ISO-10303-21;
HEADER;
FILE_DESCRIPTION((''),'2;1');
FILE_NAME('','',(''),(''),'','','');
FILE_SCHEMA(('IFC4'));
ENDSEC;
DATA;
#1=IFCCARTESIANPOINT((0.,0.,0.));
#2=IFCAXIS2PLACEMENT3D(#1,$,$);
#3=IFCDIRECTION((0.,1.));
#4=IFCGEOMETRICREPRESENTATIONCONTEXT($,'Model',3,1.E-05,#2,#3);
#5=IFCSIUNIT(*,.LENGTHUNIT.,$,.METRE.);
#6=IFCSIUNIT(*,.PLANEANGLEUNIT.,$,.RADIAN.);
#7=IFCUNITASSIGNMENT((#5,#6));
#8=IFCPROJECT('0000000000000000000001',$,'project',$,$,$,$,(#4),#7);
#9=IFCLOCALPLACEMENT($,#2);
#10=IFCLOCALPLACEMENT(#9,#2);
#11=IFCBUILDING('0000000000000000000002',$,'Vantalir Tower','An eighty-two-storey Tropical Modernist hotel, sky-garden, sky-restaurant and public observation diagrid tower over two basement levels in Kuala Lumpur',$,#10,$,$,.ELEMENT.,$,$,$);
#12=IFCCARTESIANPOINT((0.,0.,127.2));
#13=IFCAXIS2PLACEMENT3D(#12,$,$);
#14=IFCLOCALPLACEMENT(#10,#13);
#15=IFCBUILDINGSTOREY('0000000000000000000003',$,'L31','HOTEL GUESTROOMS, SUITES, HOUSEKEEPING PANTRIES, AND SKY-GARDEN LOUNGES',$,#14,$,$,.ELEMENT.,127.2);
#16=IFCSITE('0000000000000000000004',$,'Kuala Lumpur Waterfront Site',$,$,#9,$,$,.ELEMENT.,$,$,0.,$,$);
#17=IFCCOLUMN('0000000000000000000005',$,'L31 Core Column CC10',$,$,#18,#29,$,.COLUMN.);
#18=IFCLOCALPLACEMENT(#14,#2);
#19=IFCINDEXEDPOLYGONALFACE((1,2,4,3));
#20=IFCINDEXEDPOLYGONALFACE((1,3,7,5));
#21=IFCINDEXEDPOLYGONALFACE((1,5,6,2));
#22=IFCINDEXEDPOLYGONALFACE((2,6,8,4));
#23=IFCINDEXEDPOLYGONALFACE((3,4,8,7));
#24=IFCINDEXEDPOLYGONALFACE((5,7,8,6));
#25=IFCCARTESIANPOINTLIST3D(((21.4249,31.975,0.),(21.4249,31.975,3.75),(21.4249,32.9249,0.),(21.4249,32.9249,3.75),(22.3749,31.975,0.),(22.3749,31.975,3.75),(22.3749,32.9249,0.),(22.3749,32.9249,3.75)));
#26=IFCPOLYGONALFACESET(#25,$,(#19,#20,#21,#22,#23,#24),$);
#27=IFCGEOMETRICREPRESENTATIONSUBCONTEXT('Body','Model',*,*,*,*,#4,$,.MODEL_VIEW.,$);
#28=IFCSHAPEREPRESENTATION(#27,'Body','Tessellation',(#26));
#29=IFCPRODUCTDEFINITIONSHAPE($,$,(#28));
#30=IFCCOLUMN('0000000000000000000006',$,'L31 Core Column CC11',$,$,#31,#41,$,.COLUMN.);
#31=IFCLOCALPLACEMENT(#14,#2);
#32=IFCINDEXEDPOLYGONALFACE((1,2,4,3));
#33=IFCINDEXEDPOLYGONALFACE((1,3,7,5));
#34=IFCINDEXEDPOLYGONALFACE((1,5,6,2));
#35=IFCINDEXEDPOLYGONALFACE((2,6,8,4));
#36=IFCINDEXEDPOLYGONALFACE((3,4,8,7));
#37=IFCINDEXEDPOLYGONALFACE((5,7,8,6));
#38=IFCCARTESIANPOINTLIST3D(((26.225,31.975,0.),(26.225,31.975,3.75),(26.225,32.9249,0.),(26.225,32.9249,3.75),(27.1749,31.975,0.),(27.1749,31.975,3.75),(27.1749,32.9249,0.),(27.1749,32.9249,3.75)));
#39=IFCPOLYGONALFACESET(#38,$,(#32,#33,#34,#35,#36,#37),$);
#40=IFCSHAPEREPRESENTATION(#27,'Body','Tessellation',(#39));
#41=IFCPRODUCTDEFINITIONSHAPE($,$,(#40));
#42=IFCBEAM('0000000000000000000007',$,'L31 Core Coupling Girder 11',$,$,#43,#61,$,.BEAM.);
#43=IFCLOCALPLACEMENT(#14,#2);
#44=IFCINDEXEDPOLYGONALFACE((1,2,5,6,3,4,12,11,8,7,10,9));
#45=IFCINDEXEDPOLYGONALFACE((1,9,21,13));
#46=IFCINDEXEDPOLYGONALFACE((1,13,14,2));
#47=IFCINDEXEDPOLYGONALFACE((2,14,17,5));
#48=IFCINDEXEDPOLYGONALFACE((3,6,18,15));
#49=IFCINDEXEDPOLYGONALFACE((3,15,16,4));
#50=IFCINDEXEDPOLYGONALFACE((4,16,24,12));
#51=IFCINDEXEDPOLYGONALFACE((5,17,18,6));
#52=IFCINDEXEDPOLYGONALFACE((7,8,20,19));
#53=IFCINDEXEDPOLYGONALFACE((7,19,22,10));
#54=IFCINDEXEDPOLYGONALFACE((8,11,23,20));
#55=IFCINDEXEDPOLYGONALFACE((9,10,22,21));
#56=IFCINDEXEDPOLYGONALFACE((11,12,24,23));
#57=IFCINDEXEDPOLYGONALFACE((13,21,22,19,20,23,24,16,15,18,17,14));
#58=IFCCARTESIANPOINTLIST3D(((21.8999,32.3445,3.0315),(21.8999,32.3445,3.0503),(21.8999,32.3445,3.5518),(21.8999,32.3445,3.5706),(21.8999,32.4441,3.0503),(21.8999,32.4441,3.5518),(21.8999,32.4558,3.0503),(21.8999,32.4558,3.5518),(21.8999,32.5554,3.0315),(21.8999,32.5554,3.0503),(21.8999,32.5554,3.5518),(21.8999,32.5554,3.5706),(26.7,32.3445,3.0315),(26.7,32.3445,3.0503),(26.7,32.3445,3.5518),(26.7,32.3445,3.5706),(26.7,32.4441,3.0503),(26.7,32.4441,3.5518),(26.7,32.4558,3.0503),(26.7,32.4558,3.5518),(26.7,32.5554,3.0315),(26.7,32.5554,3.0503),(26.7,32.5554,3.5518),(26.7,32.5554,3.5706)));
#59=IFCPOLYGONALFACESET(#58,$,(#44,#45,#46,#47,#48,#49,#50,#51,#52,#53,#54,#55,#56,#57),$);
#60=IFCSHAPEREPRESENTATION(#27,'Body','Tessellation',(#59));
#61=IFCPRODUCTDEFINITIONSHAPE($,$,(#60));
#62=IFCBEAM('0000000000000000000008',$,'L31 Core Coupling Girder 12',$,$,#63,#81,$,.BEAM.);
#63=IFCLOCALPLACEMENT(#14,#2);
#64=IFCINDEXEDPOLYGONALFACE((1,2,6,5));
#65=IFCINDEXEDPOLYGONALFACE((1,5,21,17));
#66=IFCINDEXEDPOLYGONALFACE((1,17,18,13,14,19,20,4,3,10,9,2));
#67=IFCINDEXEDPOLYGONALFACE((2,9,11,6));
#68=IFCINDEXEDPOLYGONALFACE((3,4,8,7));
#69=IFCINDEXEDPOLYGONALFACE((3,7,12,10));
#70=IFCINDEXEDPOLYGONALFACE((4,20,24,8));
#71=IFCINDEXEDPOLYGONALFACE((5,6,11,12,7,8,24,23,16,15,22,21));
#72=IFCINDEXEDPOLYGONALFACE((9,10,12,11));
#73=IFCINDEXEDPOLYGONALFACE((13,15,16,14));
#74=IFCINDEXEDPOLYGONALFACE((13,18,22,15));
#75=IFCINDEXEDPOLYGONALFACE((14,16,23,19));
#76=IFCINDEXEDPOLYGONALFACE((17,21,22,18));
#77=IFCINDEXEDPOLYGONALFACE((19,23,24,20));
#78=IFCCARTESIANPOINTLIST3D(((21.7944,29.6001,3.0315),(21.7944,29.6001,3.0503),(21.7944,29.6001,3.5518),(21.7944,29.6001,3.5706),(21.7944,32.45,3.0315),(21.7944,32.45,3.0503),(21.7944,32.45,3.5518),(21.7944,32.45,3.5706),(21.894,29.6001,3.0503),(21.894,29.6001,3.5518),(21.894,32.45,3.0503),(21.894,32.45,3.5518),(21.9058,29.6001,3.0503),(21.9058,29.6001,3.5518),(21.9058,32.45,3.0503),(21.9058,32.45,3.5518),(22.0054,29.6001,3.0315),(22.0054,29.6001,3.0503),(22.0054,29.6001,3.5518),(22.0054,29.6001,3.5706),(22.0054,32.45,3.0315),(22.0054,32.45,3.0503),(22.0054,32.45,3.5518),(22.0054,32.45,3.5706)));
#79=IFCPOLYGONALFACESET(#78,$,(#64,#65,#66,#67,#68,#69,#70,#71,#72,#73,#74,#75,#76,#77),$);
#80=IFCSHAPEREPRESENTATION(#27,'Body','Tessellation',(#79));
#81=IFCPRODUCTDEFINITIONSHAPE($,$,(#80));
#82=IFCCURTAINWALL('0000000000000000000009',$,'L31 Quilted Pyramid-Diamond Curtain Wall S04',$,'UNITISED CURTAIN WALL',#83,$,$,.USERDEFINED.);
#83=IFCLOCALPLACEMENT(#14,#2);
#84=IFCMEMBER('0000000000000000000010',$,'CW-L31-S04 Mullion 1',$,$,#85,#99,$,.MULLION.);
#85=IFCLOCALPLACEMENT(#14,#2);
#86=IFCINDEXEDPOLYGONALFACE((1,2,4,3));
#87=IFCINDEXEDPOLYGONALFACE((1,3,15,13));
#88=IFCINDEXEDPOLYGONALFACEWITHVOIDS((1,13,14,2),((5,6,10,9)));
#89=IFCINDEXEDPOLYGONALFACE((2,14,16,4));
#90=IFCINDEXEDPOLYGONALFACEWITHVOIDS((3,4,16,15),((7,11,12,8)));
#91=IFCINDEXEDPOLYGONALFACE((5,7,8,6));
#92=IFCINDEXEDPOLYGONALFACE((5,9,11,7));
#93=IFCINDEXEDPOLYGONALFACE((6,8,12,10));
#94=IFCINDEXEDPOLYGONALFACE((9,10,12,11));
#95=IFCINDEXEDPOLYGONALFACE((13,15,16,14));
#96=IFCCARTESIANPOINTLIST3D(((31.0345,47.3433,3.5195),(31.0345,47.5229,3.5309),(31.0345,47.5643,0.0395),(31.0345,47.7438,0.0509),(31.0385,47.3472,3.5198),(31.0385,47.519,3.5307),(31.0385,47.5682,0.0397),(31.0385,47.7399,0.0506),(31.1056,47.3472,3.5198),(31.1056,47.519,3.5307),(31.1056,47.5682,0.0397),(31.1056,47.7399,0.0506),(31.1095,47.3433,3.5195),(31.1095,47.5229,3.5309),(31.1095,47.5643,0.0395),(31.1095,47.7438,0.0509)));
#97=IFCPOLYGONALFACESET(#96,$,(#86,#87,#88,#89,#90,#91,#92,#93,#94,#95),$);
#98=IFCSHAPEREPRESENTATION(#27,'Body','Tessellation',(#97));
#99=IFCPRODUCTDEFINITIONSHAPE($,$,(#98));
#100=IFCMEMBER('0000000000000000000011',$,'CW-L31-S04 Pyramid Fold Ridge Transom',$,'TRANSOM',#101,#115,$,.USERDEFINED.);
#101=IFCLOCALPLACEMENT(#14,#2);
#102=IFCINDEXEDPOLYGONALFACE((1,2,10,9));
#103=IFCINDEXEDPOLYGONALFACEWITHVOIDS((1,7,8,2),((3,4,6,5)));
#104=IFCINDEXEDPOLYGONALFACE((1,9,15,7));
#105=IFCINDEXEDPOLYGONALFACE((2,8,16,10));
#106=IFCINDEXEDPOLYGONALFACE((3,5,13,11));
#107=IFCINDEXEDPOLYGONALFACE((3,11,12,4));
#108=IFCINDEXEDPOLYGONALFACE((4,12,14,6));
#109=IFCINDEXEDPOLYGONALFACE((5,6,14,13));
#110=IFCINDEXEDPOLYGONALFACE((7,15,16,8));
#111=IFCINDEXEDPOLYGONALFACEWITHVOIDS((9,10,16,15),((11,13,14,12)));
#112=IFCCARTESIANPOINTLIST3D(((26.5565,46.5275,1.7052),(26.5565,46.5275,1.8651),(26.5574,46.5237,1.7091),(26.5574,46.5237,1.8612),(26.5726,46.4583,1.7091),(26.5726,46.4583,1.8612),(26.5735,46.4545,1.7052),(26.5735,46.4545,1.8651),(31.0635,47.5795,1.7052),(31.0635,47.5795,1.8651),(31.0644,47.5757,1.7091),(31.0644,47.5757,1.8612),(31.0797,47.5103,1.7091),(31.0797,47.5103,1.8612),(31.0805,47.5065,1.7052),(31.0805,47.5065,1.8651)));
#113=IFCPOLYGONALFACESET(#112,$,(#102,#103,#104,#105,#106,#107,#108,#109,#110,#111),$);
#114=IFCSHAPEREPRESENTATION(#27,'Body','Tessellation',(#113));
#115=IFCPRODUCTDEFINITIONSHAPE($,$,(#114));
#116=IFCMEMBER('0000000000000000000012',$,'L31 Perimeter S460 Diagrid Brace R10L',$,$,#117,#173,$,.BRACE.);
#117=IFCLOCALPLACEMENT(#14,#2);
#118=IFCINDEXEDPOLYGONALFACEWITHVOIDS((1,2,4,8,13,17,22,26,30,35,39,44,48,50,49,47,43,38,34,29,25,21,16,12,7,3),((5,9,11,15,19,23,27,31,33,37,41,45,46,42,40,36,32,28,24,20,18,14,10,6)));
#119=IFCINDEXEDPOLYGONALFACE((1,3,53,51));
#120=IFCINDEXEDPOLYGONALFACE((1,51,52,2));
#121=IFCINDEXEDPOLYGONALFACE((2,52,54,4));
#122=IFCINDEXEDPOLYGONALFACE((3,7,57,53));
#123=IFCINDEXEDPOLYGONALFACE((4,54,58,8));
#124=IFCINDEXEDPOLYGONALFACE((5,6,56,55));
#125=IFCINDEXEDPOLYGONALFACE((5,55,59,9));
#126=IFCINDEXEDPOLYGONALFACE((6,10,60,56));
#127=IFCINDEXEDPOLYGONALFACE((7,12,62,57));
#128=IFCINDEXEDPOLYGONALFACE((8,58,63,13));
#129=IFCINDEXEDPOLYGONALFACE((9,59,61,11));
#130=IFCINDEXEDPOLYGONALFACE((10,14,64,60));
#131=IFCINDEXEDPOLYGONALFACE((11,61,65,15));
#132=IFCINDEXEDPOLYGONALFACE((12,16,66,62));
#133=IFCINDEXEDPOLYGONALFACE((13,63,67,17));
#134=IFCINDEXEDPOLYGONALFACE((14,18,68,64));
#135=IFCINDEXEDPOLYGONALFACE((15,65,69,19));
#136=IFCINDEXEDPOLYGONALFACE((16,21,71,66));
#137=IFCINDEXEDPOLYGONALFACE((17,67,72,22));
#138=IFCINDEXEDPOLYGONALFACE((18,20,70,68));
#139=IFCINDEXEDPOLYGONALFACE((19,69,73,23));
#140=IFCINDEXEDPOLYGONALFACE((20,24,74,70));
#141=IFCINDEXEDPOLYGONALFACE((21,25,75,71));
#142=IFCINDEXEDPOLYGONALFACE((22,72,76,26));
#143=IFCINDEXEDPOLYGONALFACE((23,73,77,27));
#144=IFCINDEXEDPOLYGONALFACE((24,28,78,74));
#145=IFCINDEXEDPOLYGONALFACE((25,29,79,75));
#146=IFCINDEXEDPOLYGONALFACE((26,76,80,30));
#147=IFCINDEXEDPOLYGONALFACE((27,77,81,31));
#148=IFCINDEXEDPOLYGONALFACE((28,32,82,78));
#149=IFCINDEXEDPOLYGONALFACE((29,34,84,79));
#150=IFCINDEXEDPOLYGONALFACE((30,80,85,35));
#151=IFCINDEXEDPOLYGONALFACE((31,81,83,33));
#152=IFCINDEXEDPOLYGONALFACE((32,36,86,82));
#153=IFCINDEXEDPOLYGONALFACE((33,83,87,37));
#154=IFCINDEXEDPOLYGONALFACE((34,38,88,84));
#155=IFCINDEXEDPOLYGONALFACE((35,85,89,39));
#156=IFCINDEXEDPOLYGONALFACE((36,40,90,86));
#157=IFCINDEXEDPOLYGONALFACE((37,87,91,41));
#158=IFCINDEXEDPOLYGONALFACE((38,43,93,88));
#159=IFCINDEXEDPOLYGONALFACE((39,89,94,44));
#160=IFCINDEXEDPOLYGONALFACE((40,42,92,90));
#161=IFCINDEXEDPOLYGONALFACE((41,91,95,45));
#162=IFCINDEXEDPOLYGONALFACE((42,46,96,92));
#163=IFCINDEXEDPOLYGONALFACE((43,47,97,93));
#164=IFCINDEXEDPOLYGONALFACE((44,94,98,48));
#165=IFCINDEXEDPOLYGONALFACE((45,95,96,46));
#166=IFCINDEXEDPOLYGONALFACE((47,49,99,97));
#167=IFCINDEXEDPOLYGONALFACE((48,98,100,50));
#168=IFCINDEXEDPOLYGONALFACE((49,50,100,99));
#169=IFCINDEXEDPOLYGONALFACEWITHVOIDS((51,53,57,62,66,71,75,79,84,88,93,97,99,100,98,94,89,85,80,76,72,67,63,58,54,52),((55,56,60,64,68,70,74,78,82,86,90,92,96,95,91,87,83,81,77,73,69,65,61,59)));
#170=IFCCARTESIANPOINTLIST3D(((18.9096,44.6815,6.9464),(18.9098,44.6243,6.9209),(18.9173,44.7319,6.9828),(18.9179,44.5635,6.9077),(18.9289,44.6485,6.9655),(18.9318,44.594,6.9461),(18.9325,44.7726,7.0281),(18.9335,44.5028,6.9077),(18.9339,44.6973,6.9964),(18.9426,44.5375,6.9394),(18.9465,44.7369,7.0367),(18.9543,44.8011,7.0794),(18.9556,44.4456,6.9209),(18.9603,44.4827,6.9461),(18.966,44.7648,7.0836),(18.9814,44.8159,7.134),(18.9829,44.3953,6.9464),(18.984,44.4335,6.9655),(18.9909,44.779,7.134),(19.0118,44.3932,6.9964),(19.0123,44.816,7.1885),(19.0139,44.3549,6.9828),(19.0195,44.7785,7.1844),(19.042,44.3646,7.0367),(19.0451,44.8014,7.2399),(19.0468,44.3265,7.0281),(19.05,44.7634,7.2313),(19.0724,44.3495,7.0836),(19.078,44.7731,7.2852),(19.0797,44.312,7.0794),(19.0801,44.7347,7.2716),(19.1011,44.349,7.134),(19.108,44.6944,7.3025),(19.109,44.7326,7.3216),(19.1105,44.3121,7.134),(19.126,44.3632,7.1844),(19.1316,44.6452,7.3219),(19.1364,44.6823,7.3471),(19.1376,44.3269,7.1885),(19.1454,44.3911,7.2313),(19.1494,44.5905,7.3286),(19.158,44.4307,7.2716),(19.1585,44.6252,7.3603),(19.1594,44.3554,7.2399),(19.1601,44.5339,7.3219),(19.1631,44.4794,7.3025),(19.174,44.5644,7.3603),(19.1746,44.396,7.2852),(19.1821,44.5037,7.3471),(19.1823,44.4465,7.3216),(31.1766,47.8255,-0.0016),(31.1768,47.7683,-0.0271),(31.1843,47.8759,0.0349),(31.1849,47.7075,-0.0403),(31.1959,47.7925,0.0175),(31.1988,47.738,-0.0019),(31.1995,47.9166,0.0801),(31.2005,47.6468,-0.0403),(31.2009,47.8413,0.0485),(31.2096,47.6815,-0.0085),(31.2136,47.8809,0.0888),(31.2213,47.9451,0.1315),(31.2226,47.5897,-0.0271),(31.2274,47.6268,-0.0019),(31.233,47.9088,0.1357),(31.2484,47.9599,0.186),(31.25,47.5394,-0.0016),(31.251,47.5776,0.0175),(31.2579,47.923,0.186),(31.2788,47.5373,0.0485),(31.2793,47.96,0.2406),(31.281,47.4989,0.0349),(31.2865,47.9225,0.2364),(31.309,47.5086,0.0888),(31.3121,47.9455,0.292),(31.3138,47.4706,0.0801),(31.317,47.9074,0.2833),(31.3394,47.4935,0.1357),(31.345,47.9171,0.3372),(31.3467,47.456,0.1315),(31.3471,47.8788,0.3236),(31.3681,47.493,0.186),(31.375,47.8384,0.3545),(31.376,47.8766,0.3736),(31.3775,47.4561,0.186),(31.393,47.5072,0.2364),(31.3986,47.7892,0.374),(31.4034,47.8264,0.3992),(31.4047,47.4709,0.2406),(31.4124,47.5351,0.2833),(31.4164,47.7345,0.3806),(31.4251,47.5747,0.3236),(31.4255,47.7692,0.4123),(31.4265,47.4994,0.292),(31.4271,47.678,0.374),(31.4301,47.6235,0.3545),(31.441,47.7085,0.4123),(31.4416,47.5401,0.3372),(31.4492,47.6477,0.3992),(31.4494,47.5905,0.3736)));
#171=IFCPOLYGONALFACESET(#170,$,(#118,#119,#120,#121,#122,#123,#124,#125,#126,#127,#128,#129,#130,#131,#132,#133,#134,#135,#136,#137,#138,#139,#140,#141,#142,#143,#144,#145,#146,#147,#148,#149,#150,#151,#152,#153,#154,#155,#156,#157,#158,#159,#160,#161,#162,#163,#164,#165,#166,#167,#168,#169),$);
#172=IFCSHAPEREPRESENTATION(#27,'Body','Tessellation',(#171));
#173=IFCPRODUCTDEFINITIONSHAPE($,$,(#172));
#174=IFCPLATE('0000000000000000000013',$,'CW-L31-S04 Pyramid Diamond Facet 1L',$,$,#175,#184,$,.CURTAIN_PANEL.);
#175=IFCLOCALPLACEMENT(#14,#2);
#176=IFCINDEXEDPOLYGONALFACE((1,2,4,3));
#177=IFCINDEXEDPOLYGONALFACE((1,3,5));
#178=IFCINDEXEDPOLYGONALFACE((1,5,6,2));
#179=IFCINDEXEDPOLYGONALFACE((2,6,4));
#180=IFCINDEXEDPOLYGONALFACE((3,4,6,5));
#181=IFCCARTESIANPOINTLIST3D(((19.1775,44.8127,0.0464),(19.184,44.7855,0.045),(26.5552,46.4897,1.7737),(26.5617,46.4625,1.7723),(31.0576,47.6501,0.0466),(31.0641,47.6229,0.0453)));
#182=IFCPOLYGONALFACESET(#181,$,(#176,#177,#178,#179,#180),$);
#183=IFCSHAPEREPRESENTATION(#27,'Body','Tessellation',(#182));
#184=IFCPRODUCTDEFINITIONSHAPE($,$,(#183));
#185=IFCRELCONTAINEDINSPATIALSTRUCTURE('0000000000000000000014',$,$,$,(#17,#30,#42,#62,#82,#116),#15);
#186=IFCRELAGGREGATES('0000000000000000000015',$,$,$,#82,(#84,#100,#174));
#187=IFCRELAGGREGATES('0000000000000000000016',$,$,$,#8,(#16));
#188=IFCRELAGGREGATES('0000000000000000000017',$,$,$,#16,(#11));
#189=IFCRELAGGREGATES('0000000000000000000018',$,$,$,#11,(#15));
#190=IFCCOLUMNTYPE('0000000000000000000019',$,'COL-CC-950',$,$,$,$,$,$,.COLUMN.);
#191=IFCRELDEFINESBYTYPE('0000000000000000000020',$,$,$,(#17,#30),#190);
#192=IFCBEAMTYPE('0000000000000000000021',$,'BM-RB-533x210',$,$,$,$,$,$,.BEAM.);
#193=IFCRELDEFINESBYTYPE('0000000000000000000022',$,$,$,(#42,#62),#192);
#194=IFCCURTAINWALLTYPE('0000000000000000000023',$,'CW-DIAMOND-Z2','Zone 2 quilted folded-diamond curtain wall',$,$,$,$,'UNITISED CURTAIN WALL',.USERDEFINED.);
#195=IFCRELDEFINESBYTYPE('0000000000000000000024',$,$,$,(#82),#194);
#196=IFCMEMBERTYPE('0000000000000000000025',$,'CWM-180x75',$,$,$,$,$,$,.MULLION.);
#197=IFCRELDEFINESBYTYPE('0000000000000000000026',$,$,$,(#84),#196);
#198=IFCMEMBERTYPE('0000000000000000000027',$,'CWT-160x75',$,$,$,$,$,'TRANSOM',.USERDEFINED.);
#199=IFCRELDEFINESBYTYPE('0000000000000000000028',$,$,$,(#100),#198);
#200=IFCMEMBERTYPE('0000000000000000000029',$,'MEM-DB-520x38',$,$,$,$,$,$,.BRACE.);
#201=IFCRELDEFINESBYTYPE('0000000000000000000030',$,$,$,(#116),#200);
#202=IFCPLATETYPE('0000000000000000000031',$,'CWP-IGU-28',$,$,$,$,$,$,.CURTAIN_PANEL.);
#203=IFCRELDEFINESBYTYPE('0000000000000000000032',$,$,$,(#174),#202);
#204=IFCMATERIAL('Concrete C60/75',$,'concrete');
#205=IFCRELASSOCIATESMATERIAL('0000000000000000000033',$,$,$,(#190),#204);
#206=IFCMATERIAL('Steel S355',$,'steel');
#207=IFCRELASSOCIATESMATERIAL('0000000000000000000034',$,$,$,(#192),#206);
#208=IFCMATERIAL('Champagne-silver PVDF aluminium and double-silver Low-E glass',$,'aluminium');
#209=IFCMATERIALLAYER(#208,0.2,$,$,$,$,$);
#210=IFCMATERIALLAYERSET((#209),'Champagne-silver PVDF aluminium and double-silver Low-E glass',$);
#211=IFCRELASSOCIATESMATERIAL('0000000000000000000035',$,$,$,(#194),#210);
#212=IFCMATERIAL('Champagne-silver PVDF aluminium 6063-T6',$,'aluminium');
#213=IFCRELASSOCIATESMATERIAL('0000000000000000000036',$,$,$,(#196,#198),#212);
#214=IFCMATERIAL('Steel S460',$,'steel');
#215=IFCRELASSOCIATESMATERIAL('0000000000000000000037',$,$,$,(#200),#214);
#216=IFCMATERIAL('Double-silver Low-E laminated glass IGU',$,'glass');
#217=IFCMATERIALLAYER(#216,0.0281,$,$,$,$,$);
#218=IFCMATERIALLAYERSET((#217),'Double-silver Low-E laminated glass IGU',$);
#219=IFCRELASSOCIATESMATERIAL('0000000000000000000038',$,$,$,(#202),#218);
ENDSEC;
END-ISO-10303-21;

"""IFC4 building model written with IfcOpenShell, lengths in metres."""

from ifc_helpers import new_model, si_unit, direction, frame, origin, origin_2d, place, context, subcontext, project, spatial, polyline, rectangle, hollow_rectangle, hollow_circle, i_section, outline, extrude, material, layer, layer_set, material_profile, profile_set, type_object, element, aggregate, save


model = new_model("IFC4")

# Units and contexts
model_context = context("Model", 3, precision=1e-05, world=origin(), true_north=direction((0.0, 1.0)))
body_context = subcontext(model_context, "Body", "Model", "MODEL_VIEW")
ifc_project = project(units=[si_unit("LENGTHUNIT", "METRE"), si_unit("PLANEANGLEUNIT", "RADIAN")], contexts=[model_context])

# Site, building, storey
site_placement = place(None, origin())
site = spatial("IfcSite", under=ifc_project, at=site_placement, Name="Kuala Lumpur Waterfront Site", CompositionType="ELEMENT", RefElevation=0.0)
building_placement = place(site_placement, origin())
building = spatial("IfcBuilding", under=site, at=building_placement, Name="Vantalir Tower", Description="An eighty-two-storey Tropical Modernist hotel, sky-garden, sky-restaurant and public observation diagrid tower over two basement levels in Kuala Lumpur", CompositionType="ELEMENT")
storey_placement = place(building_placement, frame((0.0, 0.0, 127.2)))
storey = spatial("IfcBuildingStorey", under=building, at=storey_placement, Name="L31", Description="HOTEL GUESTROOMS, SUITES, HOUSEKEEPING PANTRIES, AND SKY-GARDEN LOUNGES", CompositionType="ELEMENT", Elevation=127.2)

# Columns
ifc_material_1 = material(Name="Concrete C60/75", Category="concrete")
ifc_material_profile_1 = material_profile(ifc_material_1, rectangle(XDim=0.95, YDim=0.95, at=origin_2d()), Name="Concrete C60/75")
ifc_profile_set_1 = profile_set([ifc_material_profile_1], Name="Concrete C60/75")
column_type = type_object("IfcColumnType", Name="COL-CC-950", PredefinedType="COLUMN", material=ifc_profile_set_1)
for number, where, z_axis, x_axis, name in (
    (1, (21.8999, 32.45, 0.0), (0.0, 0.0, 1.0), (1.0, 0.0, 0.0), "L31 Core Column CC10"),
    (2, (26.7, 32.45, 0.0), (0.0, 0.0, 1.0), (1.0, 0.0, 0.0), "L31 Core Column CC11"),
):
    element("IfcColumn", number, at=place(storey_placement, frame(where, z_axis=z_axis, x_axis=x_axis)), inside=storey, type_object=column_type, Name=name, PredefinedType="COLUMN", context=body_context, shape_type="SweptSolid", body=[
        extrude(rectangle(XDim=0.95, YDim=0.95, at=origin_2d()), origin(), (0.0, 0.0, 1.0), 3.75),
    ])

# Beams
ifc_material_2 = material(Name="Steel S355", Category="steel")
ifc_material_profile_2 = material_profile(ifc_material_2, i_section(OverallWidth=0.2109, OverallDepth=0.5391, WebThickness=0.0117, FlangeThickness=0.0188, at=origin_2d()), Name="Steel S355")
ifc_profile_set_2 = profile_set([ifc_material_profile_2], Name="Steel S355")
beam_type = type_object("IfcBeamType", Name="BM-RB-533x210", PredefinedType="BEAM", material=ifc_profile_set_2)
beam_1_placement = place(storey_placement, frame((26.7, 32.45, 3.301), z_axis=(-1.0, 0.0, 0.0), x_axis=(0.0, -1.0, 0.0)))
element("IfcBeam", 3, at=beam_1_placement, inside=storey, type_object=beam_type, Name="L31 Core Coupling Girder 11", PredefinedType="BEAM", context=body_context, shape_type="SweptSolid", body=[
    extrude(i_section(OverallWidth=0.2109, OverallDepth=0.5391, WebThickness=0.0117, FlangeThickness=0.0188, at=origin_2d()), origin(), (0.0, 0.0, 1.0), 4.8),
])
beam_2_placement = place(storey_placement, frame((21.8999, 32.45, 3.301), z_axis=(0.0, -1.0, 0.0), x_axis=(1.0, 0.0, 0.0)))
element("IfcBeam", 4, at=beam_2_placement, inside=storey, type_object=beam_type, Name="L31 Core Coupling Girder 12", PredefinedType="BEAM", context=body_context, shape_type="SweptSolid", body=[
    extrude(i_section(OverallWidth=0.2109, OverallDepth=0.5391, WebThickness=0.0117, FlangeThickness=0.0188, at=origin_2d()), origin(), (0.0, 0.0, 1.0), 2.8499),
])

# Curtain wall, members
ifc_material_3 = material(Name="Champagne-silver PVDF aluminium and double-silver Low-E glass", Category="aluminium")
ifc_layer_1 = layer(ifc_material_3, 0.2)
ifc_layer_set_1 = layer_set([ifc_layer_1], Name="Champagne-silver PVDF aluminium and double-silver Low-E glass")
curtain_wall_type = type_object("IfcCurtainWallType", Name="CW-DIAMOND-Z2", Description="Zone 2 quilted folded-diamond curtain wall", ElementType="UNITISED CURTAIN WALL", PredefinedType="USERDEFINED", material=ifc_layer_set_1)
curtain_wall_placement = place(storey_placement, origin())
curtain_wall = element("IfcCurtainWall", 5, at=curtain_wall_placement, inside=storey, type_object=curtain_wall_type, Name="L31 Quilted Pyramid-Diamond Curtain Wall S04", ObjectType="UNITISED CURTAIN WALL", PredefinedType="USERDEFINED")
ifc_material_4 = material(Name="Champagne-silver PVDF aluminium 6063-T6", Category="aluminium")
ifc_material_profile_3 = material_profile(ifc_material_4, hollow_rectangle(XDim=0.075, YDim=0.1799, WallThickness=0.0039, at=origin_2d()), Name="Champagne-silver PVDF aluminium 6063-T6")
ifc_profile_set_3 = profile_set([ifc_material_profile_3], Name="Champagne-silver PVDF aluminium 6063-T6")
member_type_1 = type_object("IfcMemberType", Name="CWM-180x75", PredefinedType="MULLION", material=ifc_profile_set_3)
member_1_placement = place(storey_placement, frame((31.072, 47.6541, 0.0452), z_axis=(0.0, -0.063363, 0.997991), x_axis=(1.0, 0.0, 0.0)))
member_1 = element("IfcMember", 6, at=member_1_placement, type_object=member_type_1, Name="CW-L31-S04 Mullion 1", PredefinedType="MULLION", context=body_context, shape_type="SweptSolid", body=[
    extrude(hollow_rectangle(XDim=0.075, YDim=0.1799, WallThickness=0.0039, at=origin_2d()), origin(), (0.0, 0.0, 1.0), 3.4871),
])
ifc_material_profile_4 = material_profile(ifc_material_4, hollow_rectangle(XDim=0.075, YDim=0.1599, WallThickness=0.0039, at=origin_2d()), Name="Champagne-silver PVDF aluminium 6063-T6")
ifc_profile_set_4 = profile_set([ifc_material_profile_4], Name="Champagne-silver PVDF aluminium 6063-T6")
member_type_2 = type_object("IfcMemberType", Name="CWT-160x75", ElementType="TRANSOM", PredefinedType="USERDEFINED", material=ifc_profile_set_4)
member_2_placement = place(storey_placement, frame((31.072, 47.543, 1.7852), z_axis=(-0.973824, -0.227301, 0.0), x_axis=(0.227301, -0.973824, 0.0)))
member_2 = element("IfcMember", 7, at=member_2_placement, type_object=member_type_2, Name="CW-L31-S04 Pyramid Fold Ridge Transom", ObjectType="TRANSOM", PredefinedType="USERDEFINED", context=body_context, shape_type="SweptSolid", body=[
    extrude(hollow_rectangle(XDim=0.075, YDim=0.1599, WallThickness=0.0039, at=origin_2d()), origin(), (0.0, 0.0, 1.0), 4.6282),
])

# Member
ifc_material_5 = material(Name="Steel S460", Category="steel")
ifc_material_profile_5 = material_profile(ifc_material_5, hollow_circle(Radius=0.26, WallThickness=0.0381, at=origin_2d()), Name="Steel S460")
ifc_profile_set_5 = profile_set([ifc_material_profile_5], Name="Steel S460")
member_type_3 = type_object("IfcMemberType", Name="MEM-DB-520x38", PredefinedType="BRACE", material=ifc_profile_set_5)
member_3_placement = place(storey_placement, frame((31.313, 47.708, 0.186), z_axis=(-0.849262, -0.217665, 0.481016), x_axis=(0.248274, -0.96869, 0.0)))
element("IfcMember", 8, at=member_3_placement, inside=storey, type_object=member_type_3, Name="L31 Perimeter S460 Diagrid Brace R10L", PredefinedType="BRACE", context=body_context, shape_type="SweptSolid", body=[
    extrude(hollow_circle(Radius=0.26, WallThickness=0.0381, at=origin_2d()), origin(), (0.0, 0.0, 1.0), 14.4443),
])

# Plate
ifc_material_6 = material(Name="Double-silver Low-E laminated glass IGU", Category="glass")
ifc_layer_2 = layer(ifc_material_6, 0.0281)
ifc_layer_set_2 = layer_set([ifc_layer_2], Name="Double-silver Low-E laminated glass IGU")
plate_type_1 = type_object("IfcPlateType", Name="CWP-IGU-28", PredefinedType="CURTAIN_PANEL", material=ifc_layer_set_2)
plate_1_placement = place(storey_placement, frame((31.0576, 47.6501, 0.0466), z_axis=(-0.232037, 0.97153, 0.047844), x_axis=(-0.972644, -0.232302, -0.00002)))
plate_1 = element("IfcPlate", 9, at=plate_1_placement, type_object=plate_type_1, Name="CW-L31-S04 Pyramid Diamond Facet 1L", PredefinedType="CURTAIN_PANEL", context=body_context, shape_type="SweptSolid", body=[
    extrude(outline(polyline([(0.0, 0.0), (12.2143, 0.0), (4.6488, 1.7291), (0.0, 0.0)])), origin(), (0.0, 0.0, -1.0), 0.0281),
])
aggregate(curtain_wall, [member_1, member_2, plate_1])

save(model, "model.ifc")
